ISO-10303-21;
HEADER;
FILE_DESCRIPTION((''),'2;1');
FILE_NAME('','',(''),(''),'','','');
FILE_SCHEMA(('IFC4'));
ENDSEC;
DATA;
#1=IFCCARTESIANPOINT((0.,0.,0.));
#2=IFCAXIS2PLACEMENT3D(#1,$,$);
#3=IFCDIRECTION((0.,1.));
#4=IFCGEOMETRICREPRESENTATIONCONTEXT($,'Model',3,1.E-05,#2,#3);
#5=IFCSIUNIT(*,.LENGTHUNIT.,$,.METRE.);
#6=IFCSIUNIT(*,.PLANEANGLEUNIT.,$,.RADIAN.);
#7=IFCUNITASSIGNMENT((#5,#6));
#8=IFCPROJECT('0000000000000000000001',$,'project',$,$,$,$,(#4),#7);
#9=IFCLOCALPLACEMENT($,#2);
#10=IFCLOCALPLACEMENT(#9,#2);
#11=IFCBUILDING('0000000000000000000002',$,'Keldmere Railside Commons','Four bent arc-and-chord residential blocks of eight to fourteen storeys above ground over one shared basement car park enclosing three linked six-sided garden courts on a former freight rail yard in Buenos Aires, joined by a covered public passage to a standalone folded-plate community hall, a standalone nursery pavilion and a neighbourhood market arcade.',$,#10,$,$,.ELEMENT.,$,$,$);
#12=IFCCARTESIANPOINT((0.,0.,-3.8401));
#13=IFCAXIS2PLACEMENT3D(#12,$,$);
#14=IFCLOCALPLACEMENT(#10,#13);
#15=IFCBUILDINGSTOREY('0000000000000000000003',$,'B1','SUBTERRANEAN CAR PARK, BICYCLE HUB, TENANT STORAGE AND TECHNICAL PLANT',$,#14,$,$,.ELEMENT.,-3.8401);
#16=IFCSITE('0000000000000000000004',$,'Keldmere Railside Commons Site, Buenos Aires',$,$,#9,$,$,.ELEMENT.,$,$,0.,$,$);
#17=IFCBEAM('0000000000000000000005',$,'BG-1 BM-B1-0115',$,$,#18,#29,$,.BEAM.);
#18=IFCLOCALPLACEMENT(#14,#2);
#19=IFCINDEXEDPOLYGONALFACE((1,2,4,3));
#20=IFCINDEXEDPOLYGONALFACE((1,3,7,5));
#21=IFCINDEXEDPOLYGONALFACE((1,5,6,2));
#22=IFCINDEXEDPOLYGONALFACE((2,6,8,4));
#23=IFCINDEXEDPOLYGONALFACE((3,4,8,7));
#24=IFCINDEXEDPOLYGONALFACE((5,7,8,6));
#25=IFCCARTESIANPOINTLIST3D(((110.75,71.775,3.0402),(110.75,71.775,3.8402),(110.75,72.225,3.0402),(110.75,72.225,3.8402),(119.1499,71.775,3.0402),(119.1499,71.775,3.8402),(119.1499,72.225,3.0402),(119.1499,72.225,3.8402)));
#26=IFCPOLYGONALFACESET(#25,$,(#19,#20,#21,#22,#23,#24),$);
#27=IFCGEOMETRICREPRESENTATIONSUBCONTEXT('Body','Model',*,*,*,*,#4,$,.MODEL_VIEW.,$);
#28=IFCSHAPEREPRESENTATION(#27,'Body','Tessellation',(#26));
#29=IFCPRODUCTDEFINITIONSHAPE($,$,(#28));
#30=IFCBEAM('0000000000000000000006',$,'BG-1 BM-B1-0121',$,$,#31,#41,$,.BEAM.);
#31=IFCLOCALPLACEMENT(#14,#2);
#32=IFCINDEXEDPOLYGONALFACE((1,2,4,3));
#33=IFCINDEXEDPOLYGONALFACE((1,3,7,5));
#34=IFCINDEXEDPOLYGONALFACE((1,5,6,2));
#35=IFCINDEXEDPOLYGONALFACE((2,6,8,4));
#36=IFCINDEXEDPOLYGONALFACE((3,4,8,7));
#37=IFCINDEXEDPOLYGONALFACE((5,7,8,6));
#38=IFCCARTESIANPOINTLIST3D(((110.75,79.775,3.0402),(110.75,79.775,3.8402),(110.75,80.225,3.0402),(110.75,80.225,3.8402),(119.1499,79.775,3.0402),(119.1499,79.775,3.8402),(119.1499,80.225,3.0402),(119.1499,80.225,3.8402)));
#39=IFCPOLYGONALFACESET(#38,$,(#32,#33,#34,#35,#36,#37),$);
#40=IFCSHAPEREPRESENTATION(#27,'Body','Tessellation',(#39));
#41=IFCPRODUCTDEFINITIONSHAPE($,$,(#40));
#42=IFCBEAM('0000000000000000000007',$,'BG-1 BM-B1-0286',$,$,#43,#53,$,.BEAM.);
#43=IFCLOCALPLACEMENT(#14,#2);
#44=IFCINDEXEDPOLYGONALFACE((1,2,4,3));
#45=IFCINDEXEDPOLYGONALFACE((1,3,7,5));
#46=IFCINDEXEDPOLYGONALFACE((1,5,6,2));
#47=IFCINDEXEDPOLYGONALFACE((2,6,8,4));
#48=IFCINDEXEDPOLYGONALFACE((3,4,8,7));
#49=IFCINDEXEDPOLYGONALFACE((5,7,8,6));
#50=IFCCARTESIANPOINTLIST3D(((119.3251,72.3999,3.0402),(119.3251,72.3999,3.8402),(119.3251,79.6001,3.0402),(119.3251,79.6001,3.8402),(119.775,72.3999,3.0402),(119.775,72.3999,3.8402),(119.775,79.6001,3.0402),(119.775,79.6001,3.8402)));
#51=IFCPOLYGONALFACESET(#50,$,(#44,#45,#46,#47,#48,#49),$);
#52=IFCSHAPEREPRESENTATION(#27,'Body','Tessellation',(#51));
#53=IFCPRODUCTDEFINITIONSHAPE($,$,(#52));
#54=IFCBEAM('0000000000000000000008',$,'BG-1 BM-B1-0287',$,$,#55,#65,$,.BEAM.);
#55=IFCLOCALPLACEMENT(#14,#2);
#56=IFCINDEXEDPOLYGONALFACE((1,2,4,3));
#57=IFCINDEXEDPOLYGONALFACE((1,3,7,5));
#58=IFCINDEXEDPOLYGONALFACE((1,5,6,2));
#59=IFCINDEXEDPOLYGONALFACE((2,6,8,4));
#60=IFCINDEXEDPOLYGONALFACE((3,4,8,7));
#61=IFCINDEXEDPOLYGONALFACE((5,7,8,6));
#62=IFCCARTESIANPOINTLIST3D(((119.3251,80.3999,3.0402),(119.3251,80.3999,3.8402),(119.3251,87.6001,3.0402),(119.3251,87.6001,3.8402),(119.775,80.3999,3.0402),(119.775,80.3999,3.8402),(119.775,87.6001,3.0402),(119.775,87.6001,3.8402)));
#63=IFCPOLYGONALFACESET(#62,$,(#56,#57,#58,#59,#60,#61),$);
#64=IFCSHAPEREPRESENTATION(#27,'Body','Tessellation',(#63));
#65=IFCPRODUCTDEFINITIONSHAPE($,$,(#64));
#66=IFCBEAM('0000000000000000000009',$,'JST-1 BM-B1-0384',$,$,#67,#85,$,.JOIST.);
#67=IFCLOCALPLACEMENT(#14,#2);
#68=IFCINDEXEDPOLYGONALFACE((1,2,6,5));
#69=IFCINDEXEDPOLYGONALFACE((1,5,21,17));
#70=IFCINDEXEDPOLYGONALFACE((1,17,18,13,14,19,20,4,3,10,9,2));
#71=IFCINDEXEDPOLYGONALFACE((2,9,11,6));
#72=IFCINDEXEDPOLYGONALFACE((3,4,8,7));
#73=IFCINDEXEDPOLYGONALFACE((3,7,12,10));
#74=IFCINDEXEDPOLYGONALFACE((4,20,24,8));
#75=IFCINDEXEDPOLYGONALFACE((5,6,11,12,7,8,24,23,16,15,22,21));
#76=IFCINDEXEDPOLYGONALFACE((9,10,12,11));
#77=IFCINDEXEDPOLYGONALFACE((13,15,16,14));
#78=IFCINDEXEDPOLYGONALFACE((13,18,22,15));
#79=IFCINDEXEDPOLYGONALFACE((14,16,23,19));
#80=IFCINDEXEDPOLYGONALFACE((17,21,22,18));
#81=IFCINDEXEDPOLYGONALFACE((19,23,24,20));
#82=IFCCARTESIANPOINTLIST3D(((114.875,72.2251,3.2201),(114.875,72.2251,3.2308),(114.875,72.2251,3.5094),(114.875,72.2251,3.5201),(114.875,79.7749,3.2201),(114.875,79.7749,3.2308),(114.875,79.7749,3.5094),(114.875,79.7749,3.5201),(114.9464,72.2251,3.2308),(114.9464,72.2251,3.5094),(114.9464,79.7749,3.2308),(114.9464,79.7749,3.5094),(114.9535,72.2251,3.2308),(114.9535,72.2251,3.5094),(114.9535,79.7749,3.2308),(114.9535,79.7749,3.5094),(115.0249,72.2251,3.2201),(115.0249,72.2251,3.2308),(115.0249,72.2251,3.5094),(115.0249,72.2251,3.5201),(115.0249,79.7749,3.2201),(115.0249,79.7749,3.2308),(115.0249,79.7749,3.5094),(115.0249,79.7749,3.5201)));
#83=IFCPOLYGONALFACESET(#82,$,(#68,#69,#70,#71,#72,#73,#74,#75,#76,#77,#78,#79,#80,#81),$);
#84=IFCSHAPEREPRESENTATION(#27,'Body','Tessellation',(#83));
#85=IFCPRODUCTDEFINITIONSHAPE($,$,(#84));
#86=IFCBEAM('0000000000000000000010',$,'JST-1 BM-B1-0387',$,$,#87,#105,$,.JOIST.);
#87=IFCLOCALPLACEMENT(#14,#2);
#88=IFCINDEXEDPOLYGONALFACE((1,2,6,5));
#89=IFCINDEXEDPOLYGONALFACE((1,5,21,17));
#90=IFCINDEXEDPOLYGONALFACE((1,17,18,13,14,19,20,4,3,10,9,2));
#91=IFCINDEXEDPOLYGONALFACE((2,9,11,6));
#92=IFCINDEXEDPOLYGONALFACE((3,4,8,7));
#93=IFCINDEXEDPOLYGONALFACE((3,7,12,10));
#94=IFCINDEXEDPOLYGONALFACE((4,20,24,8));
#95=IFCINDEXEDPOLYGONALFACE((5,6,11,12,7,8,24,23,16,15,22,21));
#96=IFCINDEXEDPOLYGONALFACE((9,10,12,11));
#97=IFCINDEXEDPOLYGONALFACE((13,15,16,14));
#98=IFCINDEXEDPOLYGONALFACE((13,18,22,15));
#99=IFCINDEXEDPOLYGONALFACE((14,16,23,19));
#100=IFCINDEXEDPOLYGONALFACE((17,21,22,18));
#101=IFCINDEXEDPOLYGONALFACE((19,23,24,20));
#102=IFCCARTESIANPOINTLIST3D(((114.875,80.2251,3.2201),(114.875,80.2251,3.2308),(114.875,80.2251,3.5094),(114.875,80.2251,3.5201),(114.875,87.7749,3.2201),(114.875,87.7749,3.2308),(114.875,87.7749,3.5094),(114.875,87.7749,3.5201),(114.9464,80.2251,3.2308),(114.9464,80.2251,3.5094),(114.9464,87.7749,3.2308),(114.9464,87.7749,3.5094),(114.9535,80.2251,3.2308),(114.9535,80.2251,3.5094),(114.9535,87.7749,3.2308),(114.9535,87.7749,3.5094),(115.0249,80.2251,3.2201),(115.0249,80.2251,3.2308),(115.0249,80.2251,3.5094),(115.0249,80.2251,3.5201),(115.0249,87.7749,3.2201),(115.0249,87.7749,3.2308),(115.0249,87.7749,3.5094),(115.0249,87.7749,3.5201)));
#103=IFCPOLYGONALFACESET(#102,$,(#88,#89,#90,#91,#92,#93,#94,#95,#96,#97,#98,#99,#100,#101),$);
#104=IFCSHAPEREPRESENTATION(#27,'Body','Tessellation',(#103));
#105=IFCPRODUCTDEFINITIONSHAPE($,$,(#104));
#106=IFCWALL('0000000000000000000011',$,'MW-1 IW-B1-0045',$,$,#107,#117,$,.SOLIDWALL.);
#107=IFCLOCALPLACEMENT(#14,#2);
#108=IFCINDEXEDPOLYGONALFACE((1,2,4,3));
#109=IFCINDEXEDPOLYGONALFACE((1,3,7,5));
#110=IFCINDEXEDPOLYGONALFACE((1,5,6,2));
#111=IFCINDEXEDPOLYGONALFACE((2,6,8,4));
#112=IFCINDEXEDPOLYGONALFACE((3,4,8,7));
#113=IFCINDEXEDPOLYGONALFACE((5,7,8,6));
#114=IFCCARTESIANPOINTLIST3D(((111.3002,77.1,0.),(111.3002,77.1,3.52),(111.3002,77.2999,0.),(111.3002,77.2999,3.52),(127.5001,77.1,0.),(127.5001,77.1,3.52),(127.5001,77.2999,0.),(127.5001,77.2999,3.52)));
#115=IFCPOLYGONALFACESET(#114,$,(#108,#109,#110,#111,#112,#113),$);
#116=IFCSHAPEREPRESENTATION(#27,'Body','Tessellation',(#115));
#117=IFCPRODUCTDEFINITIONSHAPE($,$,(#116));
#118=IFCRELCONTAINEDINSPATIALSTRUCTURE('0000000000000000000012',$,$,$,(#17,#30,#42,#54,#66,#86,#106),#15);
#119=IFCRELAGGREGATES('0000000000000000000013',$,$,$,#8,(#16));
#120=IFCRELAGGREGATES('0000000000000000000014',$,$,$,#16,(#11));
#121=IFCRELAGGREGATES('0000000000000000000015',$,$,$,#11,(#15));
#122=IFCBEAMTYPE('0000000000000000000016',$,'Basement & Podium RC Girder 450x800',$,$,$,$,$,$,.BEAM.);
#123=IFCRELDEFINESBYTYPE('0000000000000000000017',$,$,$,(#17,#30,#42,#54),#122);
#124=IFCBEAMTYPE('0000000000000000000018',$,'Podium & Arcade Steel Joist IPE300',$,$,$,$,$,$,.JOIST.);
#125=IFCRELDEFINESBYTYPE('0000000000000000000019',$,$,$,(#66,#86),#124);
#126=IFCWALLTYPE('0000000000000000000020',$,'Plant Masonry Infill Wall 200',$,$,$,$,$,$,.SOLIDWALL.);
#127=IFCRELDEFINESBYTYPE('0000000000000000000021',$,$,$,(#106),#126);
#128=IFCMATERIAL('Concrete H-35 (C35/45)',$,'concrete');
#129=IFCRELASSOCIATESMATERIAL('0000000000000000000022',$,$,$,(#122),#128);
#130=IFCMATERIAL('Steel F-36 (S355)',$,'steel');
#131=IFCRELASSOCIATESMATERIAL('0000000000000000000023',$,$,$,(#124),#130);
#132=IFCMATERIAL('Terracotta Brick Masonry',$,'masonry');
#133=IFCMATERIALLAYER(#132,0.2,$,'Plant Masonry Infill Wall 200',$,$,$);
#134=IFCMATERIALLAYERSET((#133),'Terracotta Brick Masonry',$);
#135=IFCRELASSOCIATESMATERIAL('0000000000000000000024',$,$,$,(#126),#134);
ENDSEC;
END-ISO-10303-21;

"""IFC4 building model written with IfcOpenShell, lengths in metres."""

from ifc_helpers import new_model, si_unit, direction, frame, frame_2d, origin, origin_2d, place, context, subcontext, project, spatial, rectangle, i_section, extrude, material, layer, layer_set, material_profile, profile_set, type_object, element, save


model = new_model("IFC4")

# Units and contexts
model_context = context("Model", 3, precision=1e-05, world=origin(), true_north=direction((0.0, 1.0)))
body_context = subcontext(model_context, "Body", "Model", "MODEL_VIEW")
ifc_project = project(units=[si_unit("LENGTHUNIT", "METRE"), si_unit("PLANEANGLEUNIT", "RADIAN")], contexts=[model_context])

# Site, building, storey
site_placement = place(None, origin())
site = spatial("IfcSite", under=ifc_project, at=site_placement, Name="Keldmere Railside Commons Site, Buenos Aires", CompositionType="ELEMENT", RefElevation=0.0)
building_placement = place(site_placement, origin())
building = spatial("IfcBuilding", under=site, at=building_placement, Name="Keldmere Railside Commons", Description="Four bent arc-and-chord residential blocks of eight to fourteen storeys above ground over one shared basement car park enclosing three linked six-sided garden courts on a former freight rail yard in Buenos Aires, joined by a covered public passage to a standalone folded-plate community hall, a standalone nursery pavilion and a neighbourhood market arcade.", CompositionType="ELEMENT")
storey_placement = place(building_placement, frame((0.0, 0.0, -3.8401)))
storey = spatial("IfcBuildingStorey", under=building, at=storey_placement, Name="B1", Description="SUBTERRANEAN CAR PARK, BICYCLE HUB, TENANT STORAGE AND TECHNICAL PLANT", CompositionType="ELEMENT", Elevation=-3.8401)

# Beams
ifc_material_1 = material(Name="Concrete H-35 (C35/45)", Category="concrete")
ifc_material_profile_1 = material_profile(ifc_material_1, rectangle(XDim=0.45, YDim=0.8, at=origin_2d()), Name="RC-450x800")
ifc_profile_set_1 = profile_set([ifc_material_profile_1], Name="Concrete H-35 (C35/45)")
beam_type_1 = type_object("IfcBeamType", Name="Basement & Podium RC Girder 450x800", PredefinedType="BEAM", material=ifc_profile_set_1)
for number, where, z_axis, x_axis, name in (
    (1, (110.75, 72.0, 3.4402), (1.0, 0.0, 0.0), (0.0, 1.0, 0.0), "BG-1 BM-B1-0115"),
    (2, (110.75, 80.0, 3.4402), (1.0, 0.0, 0.0), (0.0, 1.0, 0.0), "BG-1 BM-B1-0121"),
):
    element("IfcBeam", number, at=place(storey_placement, frame(where, z_axis=z_axis, x_axis=x_axis)), inside=storey, type_object=beam_type_1, Name=name, PredefinedType="BEAM", context=body_context, shape_type="SweptSolid", body=[
        extrude(rectangle(XDim=0.45, YDim=0.8, at=origin_2d()), origin(), (0.0, 0.0, 1.0), 8.3999),
    ])
for number, where, z_axis, x_axis, name in (
    (3, (119.55, 72.3999, 3.4402), (0.0, 1.0, 0.0), (-1.0, 0.0, 0.0), "BG-1 BM-B1-0286"),
    (4, (119.55, 80.3999, 3.4402), (0.0, 1.0, 0.0), (-1.0, 0.0, 0.0), "BG-1 BM-B1-0287"),
):
    element("IfcBeam", number, at=place(storey_placement, frame(where, z_axis=z_axis, x_axis=x_axis)), inside=storey, type_object=beam_type_1, Name=name, PredefinedType="BEAM", context=body_context, shape_type="SweptSolid", body=[
        extrude(rectangle(XDim=0.45, YDim=0.8, at=origin_2d()), origin(), (0.0, 0.0, 1.0), 7.2002),
    ])
ifc_material_2 = material(Name="Steel F-36 (S355)", Category="steel")
ifc_material_profile_2 = material_profile(ifc_material_2, i_section(OverallWidth=0.1499, OverallDepth=0.3, WebThickness=0.0071, FlangeThickness=0.0107, at=origin_2d()), Name="IPE-300")
ifc_profile_set_2 = profile_set([ifc_material_profile_2], Name="Steel F-36 (S355)")
beam_type_2 = type_object("IfcBeamType", Name="Podium & Arcade Steel Joist IPE300", PredefinedType="JOIST", material=ifc_profile_set_2)
for number, where, z_axis, x_axis, name in (
    (5, (114.95, 72.2251, 3.3701), (0.0, 1.0, 0.0), (-1.0, 0.0, 0.0), "JST-1 BM-B1-0384"),
    (6, (114.95, 80.2251, 3.3701), (0.0, 1.0, 0.0), (-1.0, 0.0, 0.0), "JST-1 BM-B1-0387"),
):
    element("IfcBeam", number, at=place(storey_placement, frame(where, z_axis=z_axis, x_axis=x_axis)), inside=storey, type_object=beam_type_2, Name=name, PredefinedType="JOIST", context=body_context, shape_type="SweptSolid", body=[
        extrude(i_section(OverallWidth=0.1499, OverallDepth=0.3, WebThickness=0.0071, FlangeThickness=0.0107, at=origin_2d()), origin(), (0.0, 0.0, 1.0), 7.5498),
    ])

# Wall
ifc_material_3 = material(Name="Terracotta Brick Masonry", Category="masonry")
ifc_layer = layer(ifc_material_3, 0.2, Name="Plant Masonry Infill Wall 200")
ifc_layer_set = layer_set([ifc_layer], Name="Terracotta Brick Masonry")
wall_type = type_object("IfcWallType", Name="Plant Masonry Infill Wall 200", PredefinedType="SOLIDWALL", material=ifc_layer_set)
wall_placement = place(storey_placement, frame((111.3, 77.2, 0.0), z_axis=(0.0, 0.0, 1.0), x_axis=(1.0, 0.0, 0.0)))
element("IfcWall", 7, at=wall_placement, inside=storey, type_object=wall_type, Name="MW-1 IW-B1-0045", PredefinedType="SOLIDWALL", context=body_context, shape_type="SweptSolid", body=[
    extrude(rectangle(XDim=16.2, YDim=0.2, at=frame_2d((8.1001, 0.0))), origin(), (0.0, 0.0, 1.0), 3.52),
])

save(model, "model.ifc")
